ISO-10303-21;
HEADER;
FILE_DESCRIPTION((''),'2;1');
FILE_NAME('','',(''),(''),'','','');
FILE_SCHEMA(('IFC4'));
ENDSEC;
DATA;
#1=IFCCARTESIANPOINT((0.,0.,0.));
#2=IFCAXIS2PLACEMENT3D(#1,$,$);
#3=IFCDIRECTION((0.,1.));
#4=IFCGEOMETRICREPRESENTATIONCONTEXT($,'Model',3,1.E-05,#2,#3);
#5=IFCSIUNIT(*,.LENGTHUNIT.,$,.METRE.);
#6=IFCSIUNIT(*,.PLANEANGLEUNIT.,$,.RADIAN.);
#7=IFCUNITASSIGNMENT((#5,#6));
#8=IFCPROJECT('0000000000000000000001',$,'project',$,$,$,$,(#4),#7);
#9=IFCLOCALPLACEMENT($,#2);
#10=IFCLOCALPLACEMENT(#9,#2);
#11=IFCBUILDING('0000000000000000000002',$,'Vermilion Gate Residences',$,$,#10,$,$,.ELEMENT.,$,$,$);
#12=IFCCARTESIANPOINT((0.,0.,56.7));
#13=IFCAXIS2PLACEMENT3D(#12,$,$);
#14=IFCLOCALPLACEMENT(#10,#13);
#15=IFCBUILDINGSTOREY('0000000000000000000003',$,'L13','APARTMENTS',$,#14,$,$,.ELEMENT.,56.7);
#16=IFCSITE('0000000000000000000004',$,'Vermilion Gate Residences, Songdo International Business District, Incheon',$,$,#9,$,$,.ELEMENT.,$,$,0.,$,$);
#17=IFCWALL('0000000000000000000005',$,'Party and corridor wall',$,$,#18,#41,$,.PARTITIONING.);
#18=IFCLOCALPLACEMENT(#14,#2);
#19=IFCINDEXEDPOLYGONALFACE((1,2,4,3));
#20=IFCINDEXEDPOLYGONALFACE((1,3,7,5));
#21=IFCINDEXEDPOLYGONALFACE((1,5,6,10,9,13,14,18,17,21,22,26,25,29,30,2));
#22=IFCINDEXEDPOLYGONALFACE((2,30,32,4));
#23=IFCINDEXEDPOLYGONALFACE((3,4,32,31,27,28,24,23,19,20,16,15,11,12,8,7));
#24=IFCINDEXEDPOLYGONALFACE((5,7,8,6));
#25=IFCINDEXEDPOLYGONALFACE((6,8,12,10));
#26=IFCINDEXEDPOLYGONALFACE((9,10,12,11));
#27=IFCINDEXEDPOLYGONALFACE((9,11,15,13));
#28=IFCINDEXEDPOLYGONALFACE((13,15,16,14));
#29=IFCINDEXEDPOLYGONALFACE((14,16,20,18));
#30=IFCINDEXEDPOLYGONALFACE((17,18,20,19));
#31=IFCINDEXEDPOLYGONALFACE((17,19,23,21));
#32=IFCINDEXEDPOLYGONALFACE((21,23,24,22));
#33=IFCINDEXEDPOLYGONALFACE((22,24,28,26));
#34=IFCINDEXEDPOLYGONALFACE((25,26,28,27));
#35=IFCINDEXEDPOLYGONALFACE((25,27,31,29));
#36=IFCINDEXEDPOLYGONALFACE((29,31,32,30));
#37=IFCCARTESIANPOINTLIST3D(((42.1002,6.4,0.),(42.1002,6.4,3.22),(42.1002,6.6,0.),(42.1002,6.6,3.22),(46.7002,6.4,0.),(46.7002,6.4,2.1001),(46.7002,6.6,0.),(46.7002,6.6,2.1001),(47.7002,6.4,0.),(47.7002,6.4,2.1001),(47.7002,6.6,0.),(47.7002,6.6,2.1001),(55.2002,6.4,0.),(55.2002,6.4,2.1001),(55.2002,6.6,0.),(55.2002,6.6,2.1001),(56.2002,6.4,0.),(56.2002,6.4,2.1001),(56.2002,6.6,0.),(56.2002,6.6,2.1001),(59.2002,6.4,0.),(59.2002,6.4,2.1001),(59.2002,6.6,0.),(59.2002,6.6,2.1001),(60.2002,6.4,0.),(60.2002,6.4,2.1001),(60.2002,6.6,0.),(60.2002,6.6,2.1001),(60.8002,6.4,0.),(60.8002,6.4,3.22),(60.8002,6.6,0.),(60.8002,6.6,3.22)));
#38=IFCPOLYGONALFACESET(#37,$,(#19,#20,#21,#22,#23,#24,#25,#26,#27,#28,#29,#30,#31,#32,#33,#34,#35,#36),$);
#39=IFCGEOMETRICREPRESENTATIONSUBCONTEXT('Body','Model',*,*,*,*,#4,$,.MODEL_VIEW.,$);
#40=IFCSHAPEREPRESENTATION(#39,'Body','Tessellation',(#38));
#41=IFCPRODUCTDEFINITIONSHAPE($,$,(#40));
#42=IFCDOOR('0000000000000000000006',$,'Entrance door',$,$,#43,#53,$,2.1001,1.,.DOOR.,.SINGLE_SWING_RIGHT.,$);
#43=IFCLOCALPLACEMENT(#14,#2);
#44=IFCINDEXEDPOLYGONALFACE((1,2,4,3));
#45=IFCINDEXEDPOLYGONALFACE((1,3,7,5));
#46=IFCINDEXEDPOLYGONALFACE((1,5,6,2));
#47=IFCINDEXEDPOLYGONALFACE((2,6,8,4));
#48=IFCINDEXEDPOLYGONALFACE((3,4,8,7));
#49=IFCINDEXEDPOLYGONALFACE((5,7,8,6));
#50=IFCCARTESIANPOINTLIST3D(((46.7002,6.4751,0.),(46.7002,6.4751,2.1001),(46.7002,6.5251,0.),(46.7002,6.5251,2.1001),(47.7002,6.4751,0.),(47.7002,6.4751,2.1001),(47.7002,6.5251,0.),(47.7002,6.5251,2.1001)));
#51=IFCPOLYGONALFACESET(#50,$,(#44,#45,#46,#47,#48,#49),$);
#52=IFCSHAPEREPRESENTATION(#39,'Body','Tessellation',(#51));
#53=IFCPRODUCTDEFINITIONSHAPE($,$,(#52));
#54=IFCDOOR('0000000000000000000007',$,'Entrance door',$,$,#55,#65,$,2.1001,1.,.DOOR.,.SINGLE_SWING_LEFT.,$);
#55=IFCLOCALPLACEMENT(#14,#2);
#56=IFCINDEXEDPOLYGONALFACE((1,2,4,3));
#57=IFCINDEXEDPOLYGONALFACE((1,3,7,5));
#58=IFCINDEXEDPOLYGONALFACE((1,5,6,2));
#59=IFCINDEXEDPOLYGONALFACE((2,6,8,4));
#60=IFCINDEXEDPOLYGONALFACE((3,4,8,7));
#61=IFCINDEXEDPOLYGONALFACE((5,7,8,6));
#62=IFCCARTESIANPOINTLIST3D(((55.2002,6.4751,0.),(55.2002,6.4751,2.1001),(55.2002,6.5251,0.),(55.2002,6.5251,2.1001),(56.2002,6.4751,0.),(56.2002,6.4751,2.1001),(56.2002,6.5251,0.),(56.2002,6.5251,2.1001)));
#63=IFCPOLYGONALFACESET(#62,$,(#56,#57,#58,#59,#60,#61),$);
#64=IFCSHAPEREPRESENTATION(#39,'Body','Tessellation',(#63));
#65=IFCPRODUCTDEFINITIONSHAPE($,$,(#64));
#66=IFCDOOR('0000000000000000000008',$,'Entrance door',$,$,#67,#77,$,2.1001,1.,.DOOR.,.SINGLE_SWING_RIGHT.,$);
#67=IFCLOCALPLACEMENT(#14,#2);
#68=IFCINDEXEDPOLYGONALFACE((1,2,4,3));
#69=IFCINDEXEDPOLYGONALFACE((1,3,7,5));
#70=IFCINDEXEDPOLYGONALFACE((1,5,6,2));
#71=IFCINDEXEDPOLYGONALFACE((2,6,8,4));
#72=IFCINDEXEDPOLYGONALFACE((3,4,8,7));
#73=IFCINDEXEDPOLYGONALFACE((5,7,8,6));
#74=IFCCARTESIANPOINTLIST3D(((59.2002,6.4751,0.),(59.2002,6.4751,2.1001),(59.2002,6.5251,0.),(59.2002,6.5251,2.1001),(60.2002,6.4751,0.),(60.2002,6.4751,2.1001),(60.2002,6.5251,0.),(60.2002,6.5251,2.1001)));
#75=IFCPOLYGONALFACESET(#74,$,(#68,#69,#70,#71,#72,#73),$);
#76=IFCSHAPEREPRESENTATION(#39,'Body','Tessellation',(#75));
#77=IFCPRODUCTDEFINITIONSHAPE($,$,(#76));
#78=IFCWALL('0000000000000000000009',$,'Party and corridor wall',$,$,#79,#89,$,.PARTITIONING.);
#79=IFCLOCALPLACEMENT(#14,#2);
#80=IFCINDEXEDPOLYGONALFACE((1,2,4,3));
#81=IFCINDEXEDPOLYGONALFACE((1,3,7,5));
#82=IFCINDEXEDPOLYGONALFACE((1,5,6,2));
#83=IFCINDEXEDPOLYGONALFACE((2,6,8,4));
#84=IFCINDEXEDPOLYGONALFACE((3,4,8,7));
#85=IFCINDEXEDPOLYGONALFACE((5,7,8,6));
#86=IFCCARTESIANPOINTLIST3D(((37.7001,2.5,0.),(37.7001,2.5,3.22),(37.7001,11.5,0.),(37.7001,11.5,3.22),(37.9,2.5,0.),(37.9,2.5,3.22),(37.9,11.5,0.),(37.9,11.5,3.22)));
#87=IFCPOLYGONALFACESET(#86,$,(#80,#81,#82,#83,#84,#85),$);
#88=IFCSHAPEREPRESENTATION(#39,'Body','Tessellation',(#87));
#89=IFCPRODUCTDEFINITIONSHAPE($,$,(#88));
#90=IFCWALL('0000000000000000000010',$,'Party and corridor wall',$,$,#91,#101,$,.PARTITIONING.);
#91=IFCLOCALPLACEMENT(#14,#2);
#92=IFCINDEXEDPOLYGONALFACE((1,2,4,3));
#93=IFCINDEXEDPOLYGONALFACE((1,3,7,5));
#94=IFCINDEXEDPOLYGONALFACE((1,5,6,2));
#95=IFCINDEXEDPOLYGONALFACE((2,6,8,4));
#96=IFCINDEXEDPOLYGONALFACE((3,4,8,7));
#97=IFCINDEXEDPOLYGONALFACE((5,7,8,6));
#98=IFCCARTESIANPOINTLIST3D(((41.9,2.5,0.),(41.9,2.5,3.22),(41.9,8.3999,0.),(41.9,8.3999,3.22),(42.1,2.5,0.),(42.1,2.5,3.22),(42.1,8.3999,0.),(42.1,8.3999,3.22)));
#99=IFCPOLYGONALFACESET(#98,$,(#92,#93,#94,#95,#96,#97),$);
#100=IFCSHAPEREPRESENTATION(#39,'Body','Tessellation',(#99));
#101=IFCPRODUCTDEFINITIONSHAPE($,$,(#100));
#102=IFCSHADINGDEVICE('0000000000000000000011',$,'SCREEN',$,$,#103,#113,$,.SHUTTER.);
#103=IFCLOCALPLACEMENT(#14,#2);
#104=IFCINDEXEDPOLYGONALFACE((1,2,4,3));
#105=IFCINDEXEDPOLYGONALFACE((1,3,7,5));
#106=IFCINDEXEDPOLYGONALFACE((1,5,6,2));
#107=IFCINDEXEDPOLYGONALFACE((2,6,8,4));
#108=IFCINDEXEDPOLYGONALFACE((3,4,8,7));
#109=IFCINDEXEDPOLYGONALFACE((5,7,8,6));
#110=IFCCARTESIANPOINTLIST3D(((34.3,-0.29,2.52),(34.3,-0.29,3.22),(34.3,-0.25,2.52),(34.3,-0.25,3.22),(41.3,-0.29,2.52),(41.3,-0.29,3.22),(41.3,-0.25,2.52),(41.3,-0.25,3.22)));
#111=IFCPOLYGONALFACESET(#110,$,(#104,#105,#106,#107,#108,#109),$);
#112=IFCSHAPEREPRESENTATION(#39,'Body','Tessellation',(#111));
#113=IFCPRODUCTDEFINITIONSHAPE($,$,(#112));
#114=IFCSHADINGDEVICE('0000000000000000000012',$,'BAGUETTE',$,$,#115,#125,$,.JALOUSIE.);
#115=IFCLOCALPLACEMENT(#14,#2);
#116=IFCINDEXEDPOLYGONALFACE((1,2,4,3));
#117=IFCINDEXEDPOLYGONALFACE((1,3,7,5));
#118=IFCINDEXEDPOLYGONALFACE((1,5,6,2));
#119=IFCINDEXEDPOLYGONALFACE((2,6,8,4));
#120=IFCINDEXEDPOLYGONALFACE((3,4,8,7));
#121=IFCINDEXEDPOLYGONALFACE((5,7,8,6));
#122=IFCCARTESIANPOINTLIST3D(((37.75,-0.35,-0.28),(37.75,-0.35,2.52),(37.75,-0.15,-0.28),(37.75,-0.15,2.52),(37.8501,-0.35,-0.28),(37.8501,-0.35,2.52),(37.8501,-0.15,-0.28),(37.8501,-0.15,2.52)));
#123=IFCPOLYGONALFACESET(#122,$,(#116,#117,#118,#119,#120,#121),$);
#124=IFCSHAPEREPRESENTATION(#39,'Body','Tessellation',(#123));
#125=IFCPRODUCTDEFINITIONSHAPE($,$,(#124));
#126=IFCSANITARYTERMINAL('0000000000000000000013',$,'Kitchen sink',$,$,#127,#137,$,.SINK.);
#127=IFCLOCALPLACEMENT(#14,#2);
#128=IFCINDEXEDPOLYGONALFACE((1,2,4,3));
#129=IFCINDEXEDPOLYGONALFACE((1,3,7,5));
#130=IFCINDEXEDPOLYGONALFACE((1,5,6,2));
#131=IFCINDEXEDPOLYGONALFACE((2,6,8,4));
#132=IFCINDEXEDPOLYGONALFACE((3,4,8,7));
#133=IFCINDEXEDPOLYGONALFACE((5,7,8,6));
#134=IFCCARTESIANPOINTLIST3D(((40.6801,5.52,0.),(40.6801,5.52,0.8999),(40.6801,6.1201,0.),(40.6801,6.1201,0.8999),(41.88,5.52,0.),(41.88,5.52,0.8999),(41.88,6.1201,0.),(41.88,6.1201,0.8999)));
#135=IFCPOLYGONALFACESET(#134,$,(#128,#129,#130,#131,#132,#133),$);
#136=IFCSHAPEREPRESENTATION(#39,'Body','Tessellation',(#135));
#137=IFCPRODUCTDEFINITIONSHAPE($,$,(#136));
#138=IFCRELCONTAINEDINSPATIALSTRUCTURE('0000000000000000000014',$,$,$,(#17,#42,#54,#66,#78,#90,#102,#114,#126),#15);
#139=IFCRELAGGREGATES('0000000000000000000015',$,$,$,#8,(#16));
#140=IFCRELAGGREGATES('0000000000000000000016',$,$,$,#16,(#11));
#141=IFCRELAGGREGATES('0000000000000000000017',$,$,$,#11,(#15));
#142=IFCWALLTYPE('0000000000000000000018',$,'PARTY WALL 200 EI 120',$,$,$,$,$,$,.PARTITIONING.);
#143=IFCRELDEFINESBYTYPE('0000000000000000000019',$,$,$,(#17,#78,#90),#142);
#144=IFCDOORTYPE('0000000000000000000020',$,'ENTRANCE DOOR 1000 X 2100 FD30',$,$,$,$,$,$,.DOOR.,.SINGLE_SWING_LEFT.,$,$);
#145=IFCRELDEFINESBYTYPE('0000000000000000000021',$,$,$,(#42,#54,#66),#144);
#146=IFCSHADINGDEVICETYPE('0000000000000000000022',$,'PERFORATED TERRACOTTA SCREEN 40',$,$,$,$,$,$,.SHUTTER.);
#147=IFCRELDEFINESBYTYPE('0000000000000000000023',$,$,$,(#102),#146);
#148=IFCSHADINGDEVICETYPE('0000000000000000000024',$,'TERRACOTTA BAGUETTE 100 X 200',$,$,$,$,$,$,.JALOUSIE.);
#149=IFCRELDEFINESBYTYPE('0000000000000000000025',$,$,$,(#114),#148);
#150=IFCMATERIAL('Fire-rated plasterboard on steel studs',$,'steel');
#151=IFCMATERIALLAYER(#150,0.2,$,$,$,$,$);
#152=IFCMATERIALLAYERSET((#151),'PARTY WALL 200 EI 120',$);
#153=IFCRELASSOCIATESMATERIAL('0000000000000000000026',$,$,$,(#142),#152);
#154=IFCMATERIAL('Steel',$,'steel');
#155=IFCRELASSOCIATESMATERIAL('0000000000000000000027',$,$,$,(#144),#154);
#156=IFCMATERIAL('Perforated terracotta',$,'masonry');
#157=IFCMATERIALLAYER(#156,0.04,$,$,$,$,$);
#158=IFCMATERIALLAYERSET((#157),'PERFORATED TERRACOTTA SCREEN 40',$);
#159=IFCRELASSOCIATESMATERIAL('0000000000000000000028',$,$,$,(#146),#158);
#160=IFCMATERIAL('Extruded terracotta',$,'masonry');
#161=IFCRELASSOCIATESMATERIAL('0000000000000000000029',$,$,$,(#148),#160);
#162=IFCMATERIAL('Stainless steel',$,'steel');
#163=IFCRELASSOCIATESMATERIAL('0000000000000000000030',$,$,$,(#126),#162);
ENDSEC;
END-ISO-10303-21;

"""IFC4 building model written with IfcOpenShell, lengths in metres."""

from ifc_helpers import new_model, si_unit, direction, frame, frame_2d, origin, origin_2d, place, context, subcontext, project, spatial, rectangle, extrude, material, layer, layer_set, material_profile, profile_set, type_object, element, fill, save


model = new_model("IFC4")

# Units and contexts
model_context = context("Model", 3, precision=1e-05, world=origin(), true_north=direction((0.0, 1.0)))
body_context = subcontext(model_context, "Body", "Model", "MODEL_VIEW")
ifc_project = project(units=[si_unit("LENGTHUNIT", "METRE"), si_unit("PLANEANGLEUNIT", "RADIAN")], contexts=[model_context])

# Site, building, storey
site_placement = place(None, origin())
site = spatial("IfcSite", under=ifc_project, at=site_placement, Name="Vermilion Gate Residences, Songdo International Business District, Incheon", CompositionType="ELEMENT", RefElevation=0.0)
building_placement = place(site_placement, origin())
building = spatial("IfcBuilding", under=site, at=building_placement, Name="Vermilion Gate Residences", CompositionType="ELEMENT")
storey_placement = place(building_placement, frame((0.0, 0.0, 56.7)))
storey = spatial("IfcBuildingStorey", under=building, at=storey_placement, Name="L13", Description="APARTMENTS", CompositionType="ELEMENT", Elevation=56.7)

# Wall, openings, doors
ifc_material_1 = material(Name="Fire-rated plasterboard on steel studs", Category="steel")
ifc_layer_1 = layer(ifc_material_1, 0.2)
ifc_layer_set_1 = layer_set([ifc_layer_1], Name="PARTY WALL 200 EI 120")
wall_type_1 = type_object("IfcWallType", Name="PARTY WALL 200 EI 120", PredefinedType="PARTITIONING", material=ifc_layer_set_1)
wall_1_placement = place(storey_placement, frame((42.1001, 6.5, 0.0), z_axis=(0.0, 0.0, 1.0), x_axis=(1.0, 0.0, 0.0)))
wall_1 = element("IfcWall", 1, at=wall_1_placement, inside=storey, type_object=wall_type_1, Name="Party and corridor wall", PredefinedType="PARTITIONING", context=body_context, shape_type="SweptSolid", body=[
    extrude(rectangle(XDim=18.7, YDim=0.2, at=frame_2d((9.3501, 0.0))), origin(), (0.0, 0.0, 1.0), 3.22),
])
opening_1_placement = place(wall_1_placement, frame((4.6001, 0.0, 0.0)))
opening_1 = element("IfcOpeningElement", 2, at=opening_1_placement, cuts=wall_1, PredefinedType="OPENING", context=body_context, shape_type="SweptSolid", body=[
    extrude(rectangle(XDim=1.0, YDim=2.1001, at=frame_2d((0.5, 1.05))), frame((0.0, 0.1099, 0.0), z_axis=(0.0, -1.0, 0.0), x_axis=(1.0, 0.0, 0.0)), (0.0, 0.0, 1.0), 0.22),
])
opening_2_placement = place(wall_1_placement, frame((13.1001, 0.0, 0.0)))
opening_2 = element("IfcOpeningElement", 3, at=opening_2_placement, cuts=wall_1, PredefinedType="OPENING", context=body_context, shape_type="SweptSolid", body=[
    extrude(rectangle(XDim=1.0, YDim=2.1001, at=frame_2d((0.5, 1.05))), frame((0.0, 0.1099, 0.0), z_axis=(0.0, -1.0, 0.0), x_axis=(1.0, 0.0, 0.0)), (0.0, 0.0, 1.0), 0.22),
])
opening_3_placement = place(wall_1_placement, frame((17.1001, 0.0, 0.0)))
opening_3 = element("IfcOpeningElement", 4, at=opening_3_placement, cuts=wall_1, PredefinedType="OPENING", context=body_context, shape_type="SweptSolid", body=[
    extrude(rectangle(XDim=1.0, YDim=2.1001, at=frame_2d((0.5, 1.05))), frame((0.0, 0.1099, 0.0), z_axis=(0.0, -1.0, 0.0), x_axis=(1.0, 0.0, 0.0)), (0.0, 0.0, 1.0), 0.22),
])
ifc_material_2 = material(Name="Steel", Category="steel")
door_type_1 = type_object("IfcDoorType", Name="ENTRANCE DOOR 1000 X 2100 FD30", OperationType="SINGLE_SWING_LEFT", PredefinedType="DOOR", material=ifc_material_2)
door_1_placement = place(opening_1_placement, frame((1.0, 0.0, 0.0), z_axis=(0.0, 0.0, 1.0), x_axis=(-1.0, 0.0, 0.0)))
door_1 = element("IfcDoor", 5, at=door_1_placement, inside=storey, type_object=door_type_1, Name="Entrance door", OperationType="SINGLE_SWING_RIGHT", OverallHeight=2.1001, OverallWidth=1.0, PredefinedType="DOOR", context=body_context, shape_type="SweptSolid", body=[
    extrude(rectangle(XDim=1.0, YDim=2.1001, at=frame_2d((0.5, 1.05))), frame((0.0, 0.0249, 0.0), z_axis=(0.0, -1.0, 0.0), x_axis=(1.0, 0.0, 0.0)), (0.0, 0.0, 1.0), 0.05),
])
fill(opening_1, door_1)
door_2_placement = place(opening_2_placement, frame((1.0, 0.0, 0.0), z_axis=(0.0, 0.0, 1.0), x_axis=(-1.0, 0.0, 0.0)))
door_2 = element("IfcDoor", 6, at=door_2_placement, inside=storey, type_object=door_type_1, Name="Entrance door", OperationType="SINGLE_SWING_LEFT", OverallHeight=2.1001, OverallWidth=1.0, PredefinedType="DOOR", context=body_context, shape_type="SweptSolid", body=[
    extrude(rectangle(XDim=1.0, YDim=2.1001, at=frame_2d((0.5, 1.05))), frame((0.0, 0.0249, 0.0), z_axis=(0.0, -1.0, 0.0), x_axis=(1.0, 0.0, 0.0)), (0.0, 0.0, 1.0), 0.05),
])
fill(opening_2, door_2)
door_3_placement = place(opening_3_placement, frame((1.0, 0.0, 0.0), z_axis=(0.0, 0.0, 1.0), x_axis=(-1.0, 0.0, 0.0)))
door_3 = element("IfcDoor", 7, at=door_3_placement, inside=storey, type_object=door_type_1, Name="Entrance door", OperationType="SINGLE_SWING_RIGHT", OverallHeight=2.1001, OverallWidth=1.0, PredefinedType="DOOR", context=body_context, shape_type="SweptSolid", body=[
    extrude(rectangle(XDim=1.0, YDim=2.1001, at=frame_2d((0.5, 1.05))), frame((0.0, 0.0249, 0.0), z_axis=(0.0, -1.0, 0.0), x_axis=(1.0, 0.0, 0.0)), (0.0, 0.0, 1.0), 0.05),
])
fill(opening_3, door_3)

# Walls
wall_2_placement = place(storey_placement, frame((37.8, 2.5, 0.0), z_axis=(0.0, 0.0, 1.0), x_axis=(0.0, 1.0, 0.0)))
element("IfcWall", 8, at=wall_2_placement, inside=storey, type_object=wall_type_1, Name="Party and corridor wall", PredefinedType="PARTITIONING", context=body_context, shape_type="SweptSolid", body=[
    extrude(rectangle(XDim=9.0, YDim=0.2, at=frame_2d((4.5, 0.0))), origin(), (0.0, 0.0, 1.0), 3.22),
])
wall_3_placement = place(storey_placement, frame((42.0, 2.5, 0.0), z_axis=(0.0, 0.0, 1.0), x_axis=(0.0, 1.0, 0.0)))
element("IfcWall", 9, at=wall_3_placement, inside=storey, type_object=wall_type_1, Name="Party and corridor wall", PredefinedType="PARTITIONING", context=body_context, shape_type="SweptSolid", body=[
    extrude(rectangle(XDim=5.8999, YDim=0.2, at=frame_2d((2.95, 0.0))), origin(), (0.0, 0.0, 1.0), 3.22),
])

# Shading devices
ifc_material_3 = material(Name="Perforated terracotta", Category="masonry")
ifc_layer_2 = layer(ifc_material_3, 0.04)
ifc_layer_set_2 = layer_set([ifc_layer_2], Name="PERFORATED TERRACOTTA SCREEN 40")
shading_device_type_1 = type_object("IfcShadingDeviceType", Name="PERFORATED TERRACOTTA SCREEN 40", PredefinedType="SHUTTER", material=ifc_layer_set_2)
shading_device_1_placement = place(storey_placement, frame((37.8, -0.27, 2.52), z_axis=(0.0, 0.0, 1.0), x_axis=(1.0, 0.0, 0.0)))
element("IfcShadingDevice", 10, at=shading_device_1_placement, inside=storey, type_object=shading_device_type_1, Name="SCREEN", PredefinedType="SHUTTER", context=body_context, shape_type="SweptSolid", body=[
    extrude(rectangle(XDim=7.0, YDim=0.04, at=origin_2d()), origin(), (0.0, 0.0, 1.0), 0.7),
])
ifc_material_4 = material(Name="Extruded terracotta", Category="masonry")
ifc_material_profile_1 = material_profile(ifc_material_4, rectangle(XDim=0.2, YDim=0.1001, at=origin_2d()), Name="BAGUETTE 100 X 200")
ifc_profile_set_1 = profile_set([ifc_material_profile_1], Name="Extruded terracotta")
shading_device_type_2 = type_object("IfcShadingDeviceType", Name="TERRACOTTA BAGUETTE 100 X 200", PredefinedType="JALOUSIE", material=ifc_profile_set_1)
shading_device_2_placement = place(storey_placement, frame((37.8, -0.25, -0.28), z_axis=(0.0, 0.0, 1.0), x_axis=(0.0, 1.0, 0.0)))
element("IfcShadingDevice", 11, at=shading_device_2_placement, inside=storey, type_object=shading_device_type_2, Name="BAGUETTE", PredefinedType="JALOUSIE", context=body_context, shape_type="SweptSolid", body=[
    extrude(rectangle(XDim=0.2, YDim=0.1001, at=origin_2d()), origin(), (0.0, 0.0, 1.0), 2.8),
])

# Sanitary terminal
ifc_material_5 = material(Name="Stainless steel", Category="steel")
sanitary_terminal_placement = place(storey_placement, frame((41.28, 5.8201, 0.0), z_axis=(0.0, 0.0, 1.0), x_axis=(1.0, 0.0, 0.0)))
element("IfcSanitaryTerminal", 12, at=sanitary_terminal_placement, inside=storey, material=ifc_material_5, Name="Kitchen sink", PredefinedType="SINK", context=body_context, shape_type="SweptSolid", body=[
    extrude(rectangle(XDim=1.2, YDim=0.6001, at=origin_2d()), origin(), (0.0, 0.0, 1.0), 0.8999),
])

save(model, "model.ifc")
